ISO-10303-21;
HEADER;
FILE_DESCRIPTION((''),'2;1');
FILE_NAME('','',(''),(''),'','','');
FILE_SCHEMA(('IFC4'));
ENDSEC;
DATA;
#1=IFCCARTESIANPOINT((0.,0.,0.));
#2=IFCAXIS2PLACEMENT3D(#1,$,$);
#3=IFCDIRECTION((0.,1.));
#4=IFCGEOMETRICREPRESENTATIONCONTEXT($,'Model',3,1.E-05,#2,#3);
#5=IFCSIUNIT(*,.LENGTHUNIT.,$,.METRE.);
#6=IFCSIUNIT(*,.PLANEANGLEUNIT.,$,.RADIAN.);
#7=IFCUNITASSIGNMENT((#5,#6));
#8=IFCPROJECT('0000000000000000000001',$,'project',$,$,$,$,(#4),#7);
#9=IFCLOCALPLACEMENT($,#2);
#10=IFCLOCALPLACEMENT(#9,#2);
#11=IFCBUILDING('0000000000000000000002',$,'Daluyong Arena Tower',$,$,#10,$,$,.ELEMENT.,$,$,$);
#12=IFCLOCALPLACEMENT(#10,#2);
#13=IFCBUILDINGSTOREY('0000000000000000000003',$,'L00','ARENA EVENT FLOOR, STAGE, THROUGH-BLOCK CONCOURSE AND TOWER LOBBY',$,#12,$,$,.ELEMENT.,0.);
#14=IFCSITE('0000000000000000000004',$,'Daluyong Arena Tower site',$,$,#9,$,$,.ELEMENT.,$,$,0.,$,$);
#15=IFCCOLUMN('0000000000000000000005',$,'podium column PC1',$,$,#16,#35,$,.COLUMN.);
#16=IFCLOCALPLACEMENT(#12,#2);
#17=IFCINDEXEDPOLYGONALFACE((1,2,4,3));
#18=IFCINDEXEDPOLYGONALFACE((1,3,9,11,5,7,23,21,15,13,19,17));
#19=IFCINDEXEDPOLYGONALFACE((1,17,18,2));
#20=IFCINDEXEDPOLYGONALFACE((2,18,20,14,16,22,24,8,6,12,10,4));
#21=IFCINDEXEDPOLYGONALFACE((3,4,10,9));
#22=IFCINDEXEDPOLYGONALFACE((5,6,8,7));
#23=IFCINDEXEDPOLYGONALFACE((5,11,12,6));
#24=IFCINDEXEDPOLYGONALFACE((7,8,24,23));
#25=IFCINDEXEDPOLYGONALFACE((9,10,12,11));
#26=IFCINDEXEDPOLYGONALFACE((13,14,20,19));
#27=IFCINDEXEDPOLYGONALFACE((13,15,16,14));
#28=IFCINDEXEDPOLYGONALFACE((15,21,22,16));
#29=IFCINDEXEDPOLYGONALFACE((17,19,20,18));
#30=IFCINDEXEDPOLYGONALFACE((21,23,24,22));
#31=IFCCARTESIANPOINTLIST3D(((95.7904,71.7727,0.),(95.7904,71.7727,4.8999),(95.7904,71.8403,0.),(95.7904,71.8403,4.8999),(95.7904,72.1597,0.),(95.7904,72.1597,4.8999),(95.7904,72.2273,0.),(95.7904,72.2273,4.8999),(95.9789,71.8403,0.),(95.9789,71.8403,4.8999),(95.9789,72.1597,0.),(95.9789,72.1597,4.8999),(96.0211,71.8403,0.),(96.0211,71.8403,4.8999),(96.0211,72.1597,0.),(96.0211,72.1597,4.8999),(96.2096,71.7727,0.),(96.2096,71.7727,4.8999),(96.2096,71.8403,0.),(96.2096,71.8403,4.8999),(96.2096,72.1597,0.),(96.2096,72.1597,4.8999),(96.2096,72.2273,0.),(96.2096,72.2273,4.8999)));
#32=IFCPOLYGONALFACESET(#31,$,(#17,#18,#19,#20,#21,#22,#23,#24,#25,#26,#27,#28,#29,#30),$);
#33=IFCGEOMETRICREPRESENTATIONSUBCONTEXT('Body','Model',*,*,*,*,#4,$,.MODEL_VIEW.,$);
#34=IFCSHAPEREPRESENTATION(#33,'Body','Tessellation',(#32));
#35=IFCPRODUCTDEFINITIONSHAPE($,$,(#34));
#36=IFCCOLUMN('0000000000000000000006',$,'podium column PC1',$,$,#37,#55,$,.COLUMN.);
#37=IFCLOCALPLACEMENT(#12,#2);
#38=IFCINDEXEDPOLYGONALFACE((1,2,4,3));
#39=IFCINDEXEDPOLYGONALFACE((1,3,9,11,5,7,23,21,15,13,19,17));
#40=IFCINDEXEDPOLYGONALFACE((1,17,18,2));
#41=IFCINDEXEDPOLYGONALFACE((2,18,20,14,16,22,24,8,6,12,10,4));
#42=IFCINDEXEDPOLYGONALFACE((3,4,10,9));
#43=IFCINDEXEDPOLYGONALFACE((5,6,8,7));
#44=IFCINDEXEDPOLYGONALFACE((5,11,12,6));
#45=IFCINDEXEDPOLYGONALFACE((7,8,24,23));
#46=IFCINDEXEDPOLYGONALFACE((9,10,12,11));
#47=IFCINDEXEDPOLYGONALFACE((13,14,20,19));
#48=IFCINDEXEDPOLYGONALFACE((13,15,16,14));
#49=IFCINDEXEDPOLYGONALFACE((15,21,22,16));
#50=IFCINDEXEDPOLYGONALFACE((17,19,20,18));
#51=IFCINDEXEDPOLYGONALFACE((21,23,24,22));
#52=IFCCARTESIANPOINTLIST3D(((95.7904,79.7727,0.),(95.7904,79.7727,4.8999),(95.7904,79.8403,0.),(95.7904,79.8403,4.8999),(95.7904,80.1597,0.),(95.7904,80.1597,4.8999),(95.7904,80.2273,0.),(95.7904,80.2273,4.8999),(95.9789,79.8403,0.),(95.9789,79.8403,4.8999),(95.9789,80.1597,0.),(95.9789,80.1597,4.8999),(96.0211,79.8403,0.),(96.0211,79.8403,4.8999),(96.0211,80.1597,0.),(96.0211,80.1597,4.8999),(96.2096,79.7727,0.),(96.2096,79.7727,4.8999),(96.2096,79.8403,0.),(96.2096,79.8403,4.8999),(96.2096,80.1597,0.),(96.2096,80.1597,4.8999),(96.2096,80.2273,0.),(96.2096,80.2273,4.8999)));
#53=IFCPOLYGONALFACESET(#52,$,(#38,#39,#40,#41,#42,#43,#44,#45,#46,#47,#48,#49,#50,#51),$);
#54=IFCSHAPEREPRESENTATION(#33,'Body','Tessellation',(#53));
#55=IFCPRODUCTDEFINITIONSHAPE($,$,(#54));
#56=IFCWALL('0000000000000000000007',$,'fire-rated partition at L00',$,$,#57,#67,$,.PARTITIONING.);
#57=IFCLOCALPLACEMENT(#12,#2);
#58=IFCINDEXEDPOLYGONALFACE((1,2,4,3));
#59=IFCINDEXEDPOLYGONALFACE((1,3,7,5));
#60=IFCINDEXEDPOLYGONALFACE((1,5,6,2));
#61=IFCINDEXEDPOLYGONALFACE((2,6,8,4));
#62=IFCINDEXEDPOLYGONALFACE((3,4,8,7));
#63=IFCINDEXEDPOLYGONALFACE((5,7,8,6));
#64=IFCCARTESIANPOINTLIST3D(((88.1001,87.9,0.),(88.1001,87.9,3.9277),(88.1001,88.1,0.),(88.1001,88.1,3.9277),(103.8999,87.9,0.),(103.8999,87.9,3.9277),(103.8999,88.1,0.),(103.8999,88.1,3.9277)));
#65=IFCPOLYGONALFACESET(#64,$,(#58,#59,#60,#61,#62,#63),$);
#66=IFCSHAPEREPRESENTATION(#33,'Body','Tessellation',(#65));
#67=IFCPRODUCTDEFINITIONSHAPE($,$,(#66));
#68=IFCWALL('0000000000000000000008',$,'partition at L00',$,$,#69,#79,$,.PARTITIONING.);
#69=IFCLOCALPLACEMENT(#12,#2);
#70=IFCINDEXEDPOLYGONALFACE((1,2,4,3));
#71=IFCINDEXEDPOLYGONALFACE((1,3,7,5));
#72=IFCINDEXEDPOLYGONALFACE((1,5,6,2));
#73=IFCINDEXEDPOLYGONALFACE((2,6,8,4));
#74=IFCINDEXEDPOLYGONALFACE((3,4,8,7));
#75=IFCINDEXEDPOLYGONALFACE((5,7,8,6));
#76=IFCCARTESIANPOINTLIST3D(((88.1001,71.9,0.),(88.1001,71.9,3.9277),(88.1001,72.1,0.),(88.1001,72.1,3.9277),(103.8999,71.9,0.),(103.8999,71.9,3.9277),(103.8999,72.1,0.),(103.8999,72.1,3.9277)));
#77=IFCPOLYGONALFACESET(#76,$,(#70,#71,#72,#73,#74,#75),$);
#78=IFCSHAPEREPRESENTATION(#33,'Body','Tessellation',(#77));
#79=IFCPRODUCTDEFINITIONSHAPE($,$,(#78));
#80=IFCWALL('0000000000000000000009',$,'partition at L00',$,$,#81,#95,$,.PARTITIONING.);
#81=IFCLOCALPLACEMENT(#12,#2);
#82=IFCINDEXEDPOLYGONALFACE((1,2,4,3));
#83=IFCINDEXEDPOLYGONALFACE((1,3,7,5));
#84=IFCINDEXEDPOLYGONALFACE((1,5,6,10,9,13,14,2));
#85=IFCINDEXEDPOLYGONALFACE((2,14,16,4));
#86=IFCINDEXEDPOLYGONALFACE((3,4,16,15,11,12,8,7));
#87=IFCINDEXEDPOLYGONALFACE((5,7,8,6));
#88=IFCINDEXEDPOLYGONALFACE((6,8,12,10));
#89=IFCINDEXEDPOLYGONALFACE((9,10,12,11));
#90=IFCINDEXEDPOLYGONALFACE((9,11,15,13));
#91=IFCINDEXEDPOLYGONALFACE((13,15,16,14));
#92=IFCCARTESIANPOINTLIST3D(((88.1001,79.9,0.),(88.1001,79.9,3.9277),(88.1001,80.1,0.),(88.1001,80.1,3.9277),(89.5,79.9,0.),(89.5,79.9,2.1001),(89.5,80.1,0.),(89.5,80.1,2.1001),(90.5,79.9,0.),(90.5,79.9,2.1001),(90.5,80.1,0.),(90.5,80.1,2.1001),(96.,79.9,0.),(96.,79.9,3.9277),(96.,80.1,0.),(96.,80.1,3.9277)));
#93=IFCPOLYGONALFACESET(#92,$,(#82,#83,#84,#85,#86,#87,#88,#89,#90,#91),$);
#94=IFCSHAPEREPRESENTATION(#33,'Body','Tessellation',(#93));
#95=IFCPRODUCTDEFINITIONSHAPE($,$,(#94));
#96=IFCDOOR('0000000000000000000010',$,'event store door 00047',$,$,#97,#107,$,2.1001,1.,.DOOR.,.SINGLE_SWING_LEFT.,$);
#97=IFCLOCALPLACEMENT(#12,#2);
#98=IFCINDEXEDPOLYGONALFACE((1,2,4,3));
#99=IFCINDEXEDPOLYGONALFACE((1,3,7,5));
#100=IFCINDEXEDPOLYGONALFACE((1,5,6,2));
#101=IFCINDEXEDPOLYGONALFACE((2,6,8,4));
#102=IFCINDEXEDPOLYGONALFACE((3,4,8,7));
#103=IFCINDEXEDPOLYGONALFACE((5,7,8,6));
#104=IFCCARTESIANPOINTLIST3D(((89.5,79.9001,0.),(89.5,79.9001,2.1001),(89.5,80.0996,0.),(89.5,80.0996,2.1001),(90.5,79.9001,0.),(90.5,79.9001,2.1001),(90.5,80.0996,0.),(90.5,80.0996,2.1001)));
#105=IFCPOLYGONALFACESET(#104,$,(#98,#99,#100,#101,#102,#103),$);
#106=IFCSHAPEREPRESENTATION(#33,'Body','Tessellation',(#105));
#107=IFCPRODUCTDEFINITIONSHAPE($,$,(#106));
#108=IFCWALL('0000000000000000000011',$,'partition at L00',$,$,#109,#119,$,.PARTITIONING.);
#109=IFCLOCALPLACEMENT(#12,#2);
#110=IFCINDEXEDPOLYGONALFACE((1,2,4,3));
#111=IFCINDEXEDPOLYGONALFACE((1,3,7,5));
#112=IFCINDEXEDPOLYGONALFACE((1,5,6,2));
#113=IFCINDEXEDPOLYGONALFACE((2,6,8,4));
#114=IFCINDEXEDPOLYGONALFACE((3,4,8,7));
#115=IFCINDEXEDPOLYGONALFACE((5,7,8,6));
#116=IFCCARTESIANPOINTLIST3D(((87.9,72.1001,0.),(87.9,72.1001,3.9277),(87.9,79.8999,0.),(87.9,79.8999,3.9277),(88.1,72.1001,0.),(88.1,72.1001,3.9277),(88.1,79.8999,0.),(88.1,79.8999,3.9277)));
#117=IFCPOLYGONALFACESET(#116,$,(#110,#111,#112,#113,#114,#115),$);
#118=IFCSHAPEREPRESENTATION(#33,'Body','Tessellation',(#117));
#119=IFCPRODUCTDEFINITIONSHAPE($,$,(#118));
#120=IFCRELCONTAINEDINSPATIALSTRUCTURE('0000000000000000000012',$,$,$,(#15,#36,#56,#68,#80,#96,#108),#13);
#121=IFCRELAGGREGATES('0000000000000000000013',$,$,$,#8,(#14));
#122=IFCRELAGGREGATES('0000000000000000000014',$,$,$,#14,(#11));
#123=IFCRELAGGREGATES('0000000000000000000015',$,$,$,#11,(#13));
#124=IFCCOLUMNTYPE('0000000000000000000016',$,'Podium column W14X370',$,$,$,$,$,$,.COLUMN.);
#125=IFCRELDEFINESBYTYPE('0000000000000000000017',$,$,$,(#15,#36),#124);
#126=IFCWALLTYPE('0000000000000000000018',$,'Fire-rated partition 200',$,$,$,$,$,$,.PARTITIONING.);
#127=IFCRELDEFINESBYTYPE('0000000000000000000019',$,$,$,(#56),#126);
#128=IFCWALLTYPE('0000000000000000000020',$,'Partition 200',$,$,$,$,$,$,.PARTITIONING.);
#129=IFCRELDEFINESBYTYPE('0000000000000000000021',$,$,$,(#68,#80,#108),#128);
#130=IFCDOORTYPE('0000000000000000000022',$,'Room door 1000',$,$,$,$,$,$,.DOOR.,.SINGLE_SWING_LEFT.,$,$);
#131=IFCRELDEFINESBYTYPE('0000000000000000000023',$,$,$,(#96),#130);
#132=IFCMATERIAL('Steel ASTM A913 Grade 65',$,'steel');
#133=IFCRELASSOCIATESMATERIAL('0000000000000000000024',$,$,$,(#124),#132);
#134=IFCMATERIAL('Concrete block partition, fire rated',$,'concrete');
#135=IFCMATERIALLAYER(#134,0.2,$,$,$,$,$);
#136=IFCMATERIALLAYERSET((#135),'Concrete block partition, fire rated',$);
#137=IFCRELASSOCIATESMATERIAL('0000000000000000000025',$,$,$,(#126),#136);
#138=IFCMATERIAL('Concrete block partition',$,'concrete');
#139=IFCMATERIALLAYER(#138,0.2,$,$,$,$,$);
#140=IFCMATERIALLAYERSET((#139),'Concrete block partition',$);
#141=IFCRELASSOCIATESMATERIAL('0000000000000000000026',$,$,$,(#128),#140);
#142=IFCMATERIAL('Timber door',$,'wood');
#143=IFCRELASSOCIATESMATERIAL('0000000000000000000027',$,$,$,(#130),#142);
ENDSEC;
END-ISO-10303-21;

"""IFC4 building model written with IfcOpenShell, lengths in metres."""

from ifc_helpers import new_model, si_unit, direction, frame, frame_2d, origin, origin_2d, place, context, subcontext, project, spatial, rectangle, i_section, extrude, material, layer, layer_set, material_profile, profile_set, type_object, element, fill, save


model = new_model("IFC4")

# Units and contexts
model_context = context("Model", 3, precision=1e-05, world=origin(), true_north=direction((0.0, 1.0)))
body_context = subcontext(model_context, "Body", "Model", "MODEL_VIEW")
ifc_project = project(units=[si_unit("LENGTHUNIT", "METRE"), si_unit("PLANEANGLEUNIT", "RADIAN")], contexts=[model_context])

# Site, building, storey
site_placement = place(None, origin())
site = spatial("IfcSite", under=ifc_project, at=site_placement, Name="Daluyong Arena Tower site", CompositionType="ELEMENT", RefElevation=0.0)
building_placement = place(site_placement, origin())
building = spatial("IfcBuilding", under=site, at=building_placement, Name="Daluyong Arena Tower", CompositionType="ELEMENT")
storey_placement = place(building_placement, origin())
storey = spatial("IfcBuildingStorey", under=building, at=storey_placement, Name="L00", Description="ARENA EVENT FLOOR, STAGE, THROUGH-BLOCK CONCOURSE AND TOWER LOBBY", CompositionType="ELEMENT", Elevation=0.0)

# Columns
ifc_material_1 = material(Name="Steel ASTM A913 Grade 65", Category="steel")
ifc_material_profile = material_profile(ifc_material_1, i_section(OverallWidth=0.4192, OverallDepth=0.4546, WebThickness=0.0422, FlangeThickness=0.0676, at=origin_2d()))
ifc_profile_set = profile_set([ifc_material_profile], Name="Steel ASTM A913 Grade 65")
column_type = type_object("IfcColumnType", Name="Podium column W14X370", PredefinedType="COLUMN", material=ifc_profile_set)
for number, where, z_axis, x_axis, name in (
    (1, (96.0, 72.0, 0.0), (0.0, 0.0, 1.0), (1.0, 0.0, 0.0), "podium column PC1"),
    (2, (96.0, 80.0, 0.0), (0.0, 0.0, 1.0), (1.0, 0.0, 0.0), "podium column PC1"),
):
    element("IfcColumn", number, at=place(storey_placement, frame(where, z_axis=z_axis, x_axis=x_axis)), inside=storey, type_object=column_type, Name=name, PredefinedType="COLUMN", context=body_context, shape_type="SweptSolid", body=[
        extrude(i_section(OverallWidth=0.4192, OverallDepth=0.4546, WebThickness=0.0422, FlangeThickness=0.0676, at=origin_2d()), origin(), (0.0, 0.0, 1.0), 4.8999),
    ])

# Walls
ifc_material_2 = material(Name="Concrete block partition, fire rated", Category="concrete")
ifc_layer_1 = layer(ifc_material_2, 0.2)
ifc_layer_set_1 = layer_set([ifc_layer_1], Name="Concrete block partition, fire rated")
wall_type_1 = type_object("IfcWallType", Name="Fire-rated partition 200", PredefinedType="PARTITIONING", material=ifc_layer_set_1)
wall_1_placement = place(storey_placement, frame((88.1001, 88.0, 0.0), z_axis=(0.0, 0.0, 1.0), x_axis=(1.0, 0.0, 0.0)))
element("IfcWall", 3, at=wall_1_placement, inside=storey, type_object=wall_type_1, Name="fire-rated partition at L00", PredefinedType="PARTITIONING", context=body_context, shape_type="SweptSolid", body=[
    extrude(rectangle(XDim=15.7998, YDim=0.2, at=frame_2d((7.8999, 0.0))), origin(), (0.0, 0.0, 1.0), 3.9277),
])
ifc_material_3 = material(Name="Concrete block partition", Category="concrete")
ifc_layer_2 = layer(ifc_material_3, 0.2)
ifc_layer_set_2 = layer_set([ifc_layer_2], Name="Concrete block partition")
wall_type_2 = type_object("IfcWallType", Name="Partition 200", PredefinedType="PARTITIONING", material=ifc_layer_set_2)
wall_2_placement = place(storey_placement, frame((88.1001, 72.0, 0.0), z_axis=(0.0, 0.0, 1.0), x_axis=(1.0, 0.0, 0.0)))
element("IfcWall", 4, at=wall_2_placement, inside=storey, type_object=wall_type_2, Name="partition at L00", PredefinedType="PARTITIONING", context=body_context, shape_type="SweptSolid", body=[
    extrude(rectangle(XDim=15.7998, YDim=0.2, at=frame_2d((7.8999, 0.0))), origin(), (0.0, 0.0, 1.0), 3.9277),
])

# Wall, opening, door
wall_3_placement = place(storey_placement, frame((88.1001, 80.0, 0.0), z_axis=(0.0, 0.0, 1.0), x_axis=(1.0, 0.0, 0.0)))
wall_3 = element("IfcWall", 5, at=wall_3_placement, inside=storey, type_object=wall_type_2, Name="partition at L00", PredefinedType="PARTITIONING", context=body_context, shape_type="SweptSolid", body=[
    extrude(rectangle(XDim=7.8999, YDim=0.2, at=frame_2d((3.95, 0.0))), origin(), (0.0, 0.0, 1.0), 3.9277),
])
opening_placement = place(wall_3_placement, frame((1.3999, 0.0, 0.0)))
opening = element("IfcOpeningElement", 6, at=opening_placement, cuts=wall_3, PredefinedType="OPENING", context=body_context, shape_type="SweptSolid", body=[
    extrude(rectangle(XDim=1.0, YDim=2.1001, at=frame_2d((0.5, 1.05))), frame((0.0, 0.1099, 0.0), z_axis=(0.0, -1.0, 0.0), x_axis=(1.0, 0.0, 0.0)), (0.0, 0.0, 1.0), 0.22),
])
ifc_material_4 = material(Name="Timber door", Category="wood")
door_type = type_object("IfcDoorType", Name="Room door 1000", OperationType="SINGLE_SWING_LEFT", PredefinedType="DOOR", material=ifc_material_4)
door_placement = place(opening_placement, origin())
door = element("IfcDoor", 7, at=door_placement, inside=storey, type_object=door_type, Name="event store door 00047", OperationType="SINGLE_SWING_LEFT", OverallHeight=2.1001, OverallWidth=1.0, PredefinedType="DOOR", context=body_context, shape_type="SweptSolid", body=[
    extrude(rectangle(XDim=1.0, YDim=2.1001, at=frame_2d((0.5, 1.05))), frame((0.0, 0.0996, 0.0), z_axis=(0.0, -1.0, 0.0), x_axis=(1.0, 0.0, 0.0)), (0.0, 0.0, 1.0), 0.1995),
])
fill(opening, door)

# Wall
wall_4_placement = place(storey_placement, frame((88.0, 72.1001, 0.0), z_axis=(0.0, 0.0, 1.0), x_axis=(0.0, 1.0, 0.0)))
element("IfcWall", 8, at=wall_4_placement, inside=storey, type_object=wall_type_2, Name="partition at L00", PredefinedType="PARTITIONING", context=body_context, shape_type="SweptSolid", body=[
    extrude(rectangle(XDim=7.7998, YDim=0.2, at=frame_2d((3.8999, 0.0))), origin(), (0.0, 0.0, 1.0), 3.9277),
])

save(model, "model.ifc")
